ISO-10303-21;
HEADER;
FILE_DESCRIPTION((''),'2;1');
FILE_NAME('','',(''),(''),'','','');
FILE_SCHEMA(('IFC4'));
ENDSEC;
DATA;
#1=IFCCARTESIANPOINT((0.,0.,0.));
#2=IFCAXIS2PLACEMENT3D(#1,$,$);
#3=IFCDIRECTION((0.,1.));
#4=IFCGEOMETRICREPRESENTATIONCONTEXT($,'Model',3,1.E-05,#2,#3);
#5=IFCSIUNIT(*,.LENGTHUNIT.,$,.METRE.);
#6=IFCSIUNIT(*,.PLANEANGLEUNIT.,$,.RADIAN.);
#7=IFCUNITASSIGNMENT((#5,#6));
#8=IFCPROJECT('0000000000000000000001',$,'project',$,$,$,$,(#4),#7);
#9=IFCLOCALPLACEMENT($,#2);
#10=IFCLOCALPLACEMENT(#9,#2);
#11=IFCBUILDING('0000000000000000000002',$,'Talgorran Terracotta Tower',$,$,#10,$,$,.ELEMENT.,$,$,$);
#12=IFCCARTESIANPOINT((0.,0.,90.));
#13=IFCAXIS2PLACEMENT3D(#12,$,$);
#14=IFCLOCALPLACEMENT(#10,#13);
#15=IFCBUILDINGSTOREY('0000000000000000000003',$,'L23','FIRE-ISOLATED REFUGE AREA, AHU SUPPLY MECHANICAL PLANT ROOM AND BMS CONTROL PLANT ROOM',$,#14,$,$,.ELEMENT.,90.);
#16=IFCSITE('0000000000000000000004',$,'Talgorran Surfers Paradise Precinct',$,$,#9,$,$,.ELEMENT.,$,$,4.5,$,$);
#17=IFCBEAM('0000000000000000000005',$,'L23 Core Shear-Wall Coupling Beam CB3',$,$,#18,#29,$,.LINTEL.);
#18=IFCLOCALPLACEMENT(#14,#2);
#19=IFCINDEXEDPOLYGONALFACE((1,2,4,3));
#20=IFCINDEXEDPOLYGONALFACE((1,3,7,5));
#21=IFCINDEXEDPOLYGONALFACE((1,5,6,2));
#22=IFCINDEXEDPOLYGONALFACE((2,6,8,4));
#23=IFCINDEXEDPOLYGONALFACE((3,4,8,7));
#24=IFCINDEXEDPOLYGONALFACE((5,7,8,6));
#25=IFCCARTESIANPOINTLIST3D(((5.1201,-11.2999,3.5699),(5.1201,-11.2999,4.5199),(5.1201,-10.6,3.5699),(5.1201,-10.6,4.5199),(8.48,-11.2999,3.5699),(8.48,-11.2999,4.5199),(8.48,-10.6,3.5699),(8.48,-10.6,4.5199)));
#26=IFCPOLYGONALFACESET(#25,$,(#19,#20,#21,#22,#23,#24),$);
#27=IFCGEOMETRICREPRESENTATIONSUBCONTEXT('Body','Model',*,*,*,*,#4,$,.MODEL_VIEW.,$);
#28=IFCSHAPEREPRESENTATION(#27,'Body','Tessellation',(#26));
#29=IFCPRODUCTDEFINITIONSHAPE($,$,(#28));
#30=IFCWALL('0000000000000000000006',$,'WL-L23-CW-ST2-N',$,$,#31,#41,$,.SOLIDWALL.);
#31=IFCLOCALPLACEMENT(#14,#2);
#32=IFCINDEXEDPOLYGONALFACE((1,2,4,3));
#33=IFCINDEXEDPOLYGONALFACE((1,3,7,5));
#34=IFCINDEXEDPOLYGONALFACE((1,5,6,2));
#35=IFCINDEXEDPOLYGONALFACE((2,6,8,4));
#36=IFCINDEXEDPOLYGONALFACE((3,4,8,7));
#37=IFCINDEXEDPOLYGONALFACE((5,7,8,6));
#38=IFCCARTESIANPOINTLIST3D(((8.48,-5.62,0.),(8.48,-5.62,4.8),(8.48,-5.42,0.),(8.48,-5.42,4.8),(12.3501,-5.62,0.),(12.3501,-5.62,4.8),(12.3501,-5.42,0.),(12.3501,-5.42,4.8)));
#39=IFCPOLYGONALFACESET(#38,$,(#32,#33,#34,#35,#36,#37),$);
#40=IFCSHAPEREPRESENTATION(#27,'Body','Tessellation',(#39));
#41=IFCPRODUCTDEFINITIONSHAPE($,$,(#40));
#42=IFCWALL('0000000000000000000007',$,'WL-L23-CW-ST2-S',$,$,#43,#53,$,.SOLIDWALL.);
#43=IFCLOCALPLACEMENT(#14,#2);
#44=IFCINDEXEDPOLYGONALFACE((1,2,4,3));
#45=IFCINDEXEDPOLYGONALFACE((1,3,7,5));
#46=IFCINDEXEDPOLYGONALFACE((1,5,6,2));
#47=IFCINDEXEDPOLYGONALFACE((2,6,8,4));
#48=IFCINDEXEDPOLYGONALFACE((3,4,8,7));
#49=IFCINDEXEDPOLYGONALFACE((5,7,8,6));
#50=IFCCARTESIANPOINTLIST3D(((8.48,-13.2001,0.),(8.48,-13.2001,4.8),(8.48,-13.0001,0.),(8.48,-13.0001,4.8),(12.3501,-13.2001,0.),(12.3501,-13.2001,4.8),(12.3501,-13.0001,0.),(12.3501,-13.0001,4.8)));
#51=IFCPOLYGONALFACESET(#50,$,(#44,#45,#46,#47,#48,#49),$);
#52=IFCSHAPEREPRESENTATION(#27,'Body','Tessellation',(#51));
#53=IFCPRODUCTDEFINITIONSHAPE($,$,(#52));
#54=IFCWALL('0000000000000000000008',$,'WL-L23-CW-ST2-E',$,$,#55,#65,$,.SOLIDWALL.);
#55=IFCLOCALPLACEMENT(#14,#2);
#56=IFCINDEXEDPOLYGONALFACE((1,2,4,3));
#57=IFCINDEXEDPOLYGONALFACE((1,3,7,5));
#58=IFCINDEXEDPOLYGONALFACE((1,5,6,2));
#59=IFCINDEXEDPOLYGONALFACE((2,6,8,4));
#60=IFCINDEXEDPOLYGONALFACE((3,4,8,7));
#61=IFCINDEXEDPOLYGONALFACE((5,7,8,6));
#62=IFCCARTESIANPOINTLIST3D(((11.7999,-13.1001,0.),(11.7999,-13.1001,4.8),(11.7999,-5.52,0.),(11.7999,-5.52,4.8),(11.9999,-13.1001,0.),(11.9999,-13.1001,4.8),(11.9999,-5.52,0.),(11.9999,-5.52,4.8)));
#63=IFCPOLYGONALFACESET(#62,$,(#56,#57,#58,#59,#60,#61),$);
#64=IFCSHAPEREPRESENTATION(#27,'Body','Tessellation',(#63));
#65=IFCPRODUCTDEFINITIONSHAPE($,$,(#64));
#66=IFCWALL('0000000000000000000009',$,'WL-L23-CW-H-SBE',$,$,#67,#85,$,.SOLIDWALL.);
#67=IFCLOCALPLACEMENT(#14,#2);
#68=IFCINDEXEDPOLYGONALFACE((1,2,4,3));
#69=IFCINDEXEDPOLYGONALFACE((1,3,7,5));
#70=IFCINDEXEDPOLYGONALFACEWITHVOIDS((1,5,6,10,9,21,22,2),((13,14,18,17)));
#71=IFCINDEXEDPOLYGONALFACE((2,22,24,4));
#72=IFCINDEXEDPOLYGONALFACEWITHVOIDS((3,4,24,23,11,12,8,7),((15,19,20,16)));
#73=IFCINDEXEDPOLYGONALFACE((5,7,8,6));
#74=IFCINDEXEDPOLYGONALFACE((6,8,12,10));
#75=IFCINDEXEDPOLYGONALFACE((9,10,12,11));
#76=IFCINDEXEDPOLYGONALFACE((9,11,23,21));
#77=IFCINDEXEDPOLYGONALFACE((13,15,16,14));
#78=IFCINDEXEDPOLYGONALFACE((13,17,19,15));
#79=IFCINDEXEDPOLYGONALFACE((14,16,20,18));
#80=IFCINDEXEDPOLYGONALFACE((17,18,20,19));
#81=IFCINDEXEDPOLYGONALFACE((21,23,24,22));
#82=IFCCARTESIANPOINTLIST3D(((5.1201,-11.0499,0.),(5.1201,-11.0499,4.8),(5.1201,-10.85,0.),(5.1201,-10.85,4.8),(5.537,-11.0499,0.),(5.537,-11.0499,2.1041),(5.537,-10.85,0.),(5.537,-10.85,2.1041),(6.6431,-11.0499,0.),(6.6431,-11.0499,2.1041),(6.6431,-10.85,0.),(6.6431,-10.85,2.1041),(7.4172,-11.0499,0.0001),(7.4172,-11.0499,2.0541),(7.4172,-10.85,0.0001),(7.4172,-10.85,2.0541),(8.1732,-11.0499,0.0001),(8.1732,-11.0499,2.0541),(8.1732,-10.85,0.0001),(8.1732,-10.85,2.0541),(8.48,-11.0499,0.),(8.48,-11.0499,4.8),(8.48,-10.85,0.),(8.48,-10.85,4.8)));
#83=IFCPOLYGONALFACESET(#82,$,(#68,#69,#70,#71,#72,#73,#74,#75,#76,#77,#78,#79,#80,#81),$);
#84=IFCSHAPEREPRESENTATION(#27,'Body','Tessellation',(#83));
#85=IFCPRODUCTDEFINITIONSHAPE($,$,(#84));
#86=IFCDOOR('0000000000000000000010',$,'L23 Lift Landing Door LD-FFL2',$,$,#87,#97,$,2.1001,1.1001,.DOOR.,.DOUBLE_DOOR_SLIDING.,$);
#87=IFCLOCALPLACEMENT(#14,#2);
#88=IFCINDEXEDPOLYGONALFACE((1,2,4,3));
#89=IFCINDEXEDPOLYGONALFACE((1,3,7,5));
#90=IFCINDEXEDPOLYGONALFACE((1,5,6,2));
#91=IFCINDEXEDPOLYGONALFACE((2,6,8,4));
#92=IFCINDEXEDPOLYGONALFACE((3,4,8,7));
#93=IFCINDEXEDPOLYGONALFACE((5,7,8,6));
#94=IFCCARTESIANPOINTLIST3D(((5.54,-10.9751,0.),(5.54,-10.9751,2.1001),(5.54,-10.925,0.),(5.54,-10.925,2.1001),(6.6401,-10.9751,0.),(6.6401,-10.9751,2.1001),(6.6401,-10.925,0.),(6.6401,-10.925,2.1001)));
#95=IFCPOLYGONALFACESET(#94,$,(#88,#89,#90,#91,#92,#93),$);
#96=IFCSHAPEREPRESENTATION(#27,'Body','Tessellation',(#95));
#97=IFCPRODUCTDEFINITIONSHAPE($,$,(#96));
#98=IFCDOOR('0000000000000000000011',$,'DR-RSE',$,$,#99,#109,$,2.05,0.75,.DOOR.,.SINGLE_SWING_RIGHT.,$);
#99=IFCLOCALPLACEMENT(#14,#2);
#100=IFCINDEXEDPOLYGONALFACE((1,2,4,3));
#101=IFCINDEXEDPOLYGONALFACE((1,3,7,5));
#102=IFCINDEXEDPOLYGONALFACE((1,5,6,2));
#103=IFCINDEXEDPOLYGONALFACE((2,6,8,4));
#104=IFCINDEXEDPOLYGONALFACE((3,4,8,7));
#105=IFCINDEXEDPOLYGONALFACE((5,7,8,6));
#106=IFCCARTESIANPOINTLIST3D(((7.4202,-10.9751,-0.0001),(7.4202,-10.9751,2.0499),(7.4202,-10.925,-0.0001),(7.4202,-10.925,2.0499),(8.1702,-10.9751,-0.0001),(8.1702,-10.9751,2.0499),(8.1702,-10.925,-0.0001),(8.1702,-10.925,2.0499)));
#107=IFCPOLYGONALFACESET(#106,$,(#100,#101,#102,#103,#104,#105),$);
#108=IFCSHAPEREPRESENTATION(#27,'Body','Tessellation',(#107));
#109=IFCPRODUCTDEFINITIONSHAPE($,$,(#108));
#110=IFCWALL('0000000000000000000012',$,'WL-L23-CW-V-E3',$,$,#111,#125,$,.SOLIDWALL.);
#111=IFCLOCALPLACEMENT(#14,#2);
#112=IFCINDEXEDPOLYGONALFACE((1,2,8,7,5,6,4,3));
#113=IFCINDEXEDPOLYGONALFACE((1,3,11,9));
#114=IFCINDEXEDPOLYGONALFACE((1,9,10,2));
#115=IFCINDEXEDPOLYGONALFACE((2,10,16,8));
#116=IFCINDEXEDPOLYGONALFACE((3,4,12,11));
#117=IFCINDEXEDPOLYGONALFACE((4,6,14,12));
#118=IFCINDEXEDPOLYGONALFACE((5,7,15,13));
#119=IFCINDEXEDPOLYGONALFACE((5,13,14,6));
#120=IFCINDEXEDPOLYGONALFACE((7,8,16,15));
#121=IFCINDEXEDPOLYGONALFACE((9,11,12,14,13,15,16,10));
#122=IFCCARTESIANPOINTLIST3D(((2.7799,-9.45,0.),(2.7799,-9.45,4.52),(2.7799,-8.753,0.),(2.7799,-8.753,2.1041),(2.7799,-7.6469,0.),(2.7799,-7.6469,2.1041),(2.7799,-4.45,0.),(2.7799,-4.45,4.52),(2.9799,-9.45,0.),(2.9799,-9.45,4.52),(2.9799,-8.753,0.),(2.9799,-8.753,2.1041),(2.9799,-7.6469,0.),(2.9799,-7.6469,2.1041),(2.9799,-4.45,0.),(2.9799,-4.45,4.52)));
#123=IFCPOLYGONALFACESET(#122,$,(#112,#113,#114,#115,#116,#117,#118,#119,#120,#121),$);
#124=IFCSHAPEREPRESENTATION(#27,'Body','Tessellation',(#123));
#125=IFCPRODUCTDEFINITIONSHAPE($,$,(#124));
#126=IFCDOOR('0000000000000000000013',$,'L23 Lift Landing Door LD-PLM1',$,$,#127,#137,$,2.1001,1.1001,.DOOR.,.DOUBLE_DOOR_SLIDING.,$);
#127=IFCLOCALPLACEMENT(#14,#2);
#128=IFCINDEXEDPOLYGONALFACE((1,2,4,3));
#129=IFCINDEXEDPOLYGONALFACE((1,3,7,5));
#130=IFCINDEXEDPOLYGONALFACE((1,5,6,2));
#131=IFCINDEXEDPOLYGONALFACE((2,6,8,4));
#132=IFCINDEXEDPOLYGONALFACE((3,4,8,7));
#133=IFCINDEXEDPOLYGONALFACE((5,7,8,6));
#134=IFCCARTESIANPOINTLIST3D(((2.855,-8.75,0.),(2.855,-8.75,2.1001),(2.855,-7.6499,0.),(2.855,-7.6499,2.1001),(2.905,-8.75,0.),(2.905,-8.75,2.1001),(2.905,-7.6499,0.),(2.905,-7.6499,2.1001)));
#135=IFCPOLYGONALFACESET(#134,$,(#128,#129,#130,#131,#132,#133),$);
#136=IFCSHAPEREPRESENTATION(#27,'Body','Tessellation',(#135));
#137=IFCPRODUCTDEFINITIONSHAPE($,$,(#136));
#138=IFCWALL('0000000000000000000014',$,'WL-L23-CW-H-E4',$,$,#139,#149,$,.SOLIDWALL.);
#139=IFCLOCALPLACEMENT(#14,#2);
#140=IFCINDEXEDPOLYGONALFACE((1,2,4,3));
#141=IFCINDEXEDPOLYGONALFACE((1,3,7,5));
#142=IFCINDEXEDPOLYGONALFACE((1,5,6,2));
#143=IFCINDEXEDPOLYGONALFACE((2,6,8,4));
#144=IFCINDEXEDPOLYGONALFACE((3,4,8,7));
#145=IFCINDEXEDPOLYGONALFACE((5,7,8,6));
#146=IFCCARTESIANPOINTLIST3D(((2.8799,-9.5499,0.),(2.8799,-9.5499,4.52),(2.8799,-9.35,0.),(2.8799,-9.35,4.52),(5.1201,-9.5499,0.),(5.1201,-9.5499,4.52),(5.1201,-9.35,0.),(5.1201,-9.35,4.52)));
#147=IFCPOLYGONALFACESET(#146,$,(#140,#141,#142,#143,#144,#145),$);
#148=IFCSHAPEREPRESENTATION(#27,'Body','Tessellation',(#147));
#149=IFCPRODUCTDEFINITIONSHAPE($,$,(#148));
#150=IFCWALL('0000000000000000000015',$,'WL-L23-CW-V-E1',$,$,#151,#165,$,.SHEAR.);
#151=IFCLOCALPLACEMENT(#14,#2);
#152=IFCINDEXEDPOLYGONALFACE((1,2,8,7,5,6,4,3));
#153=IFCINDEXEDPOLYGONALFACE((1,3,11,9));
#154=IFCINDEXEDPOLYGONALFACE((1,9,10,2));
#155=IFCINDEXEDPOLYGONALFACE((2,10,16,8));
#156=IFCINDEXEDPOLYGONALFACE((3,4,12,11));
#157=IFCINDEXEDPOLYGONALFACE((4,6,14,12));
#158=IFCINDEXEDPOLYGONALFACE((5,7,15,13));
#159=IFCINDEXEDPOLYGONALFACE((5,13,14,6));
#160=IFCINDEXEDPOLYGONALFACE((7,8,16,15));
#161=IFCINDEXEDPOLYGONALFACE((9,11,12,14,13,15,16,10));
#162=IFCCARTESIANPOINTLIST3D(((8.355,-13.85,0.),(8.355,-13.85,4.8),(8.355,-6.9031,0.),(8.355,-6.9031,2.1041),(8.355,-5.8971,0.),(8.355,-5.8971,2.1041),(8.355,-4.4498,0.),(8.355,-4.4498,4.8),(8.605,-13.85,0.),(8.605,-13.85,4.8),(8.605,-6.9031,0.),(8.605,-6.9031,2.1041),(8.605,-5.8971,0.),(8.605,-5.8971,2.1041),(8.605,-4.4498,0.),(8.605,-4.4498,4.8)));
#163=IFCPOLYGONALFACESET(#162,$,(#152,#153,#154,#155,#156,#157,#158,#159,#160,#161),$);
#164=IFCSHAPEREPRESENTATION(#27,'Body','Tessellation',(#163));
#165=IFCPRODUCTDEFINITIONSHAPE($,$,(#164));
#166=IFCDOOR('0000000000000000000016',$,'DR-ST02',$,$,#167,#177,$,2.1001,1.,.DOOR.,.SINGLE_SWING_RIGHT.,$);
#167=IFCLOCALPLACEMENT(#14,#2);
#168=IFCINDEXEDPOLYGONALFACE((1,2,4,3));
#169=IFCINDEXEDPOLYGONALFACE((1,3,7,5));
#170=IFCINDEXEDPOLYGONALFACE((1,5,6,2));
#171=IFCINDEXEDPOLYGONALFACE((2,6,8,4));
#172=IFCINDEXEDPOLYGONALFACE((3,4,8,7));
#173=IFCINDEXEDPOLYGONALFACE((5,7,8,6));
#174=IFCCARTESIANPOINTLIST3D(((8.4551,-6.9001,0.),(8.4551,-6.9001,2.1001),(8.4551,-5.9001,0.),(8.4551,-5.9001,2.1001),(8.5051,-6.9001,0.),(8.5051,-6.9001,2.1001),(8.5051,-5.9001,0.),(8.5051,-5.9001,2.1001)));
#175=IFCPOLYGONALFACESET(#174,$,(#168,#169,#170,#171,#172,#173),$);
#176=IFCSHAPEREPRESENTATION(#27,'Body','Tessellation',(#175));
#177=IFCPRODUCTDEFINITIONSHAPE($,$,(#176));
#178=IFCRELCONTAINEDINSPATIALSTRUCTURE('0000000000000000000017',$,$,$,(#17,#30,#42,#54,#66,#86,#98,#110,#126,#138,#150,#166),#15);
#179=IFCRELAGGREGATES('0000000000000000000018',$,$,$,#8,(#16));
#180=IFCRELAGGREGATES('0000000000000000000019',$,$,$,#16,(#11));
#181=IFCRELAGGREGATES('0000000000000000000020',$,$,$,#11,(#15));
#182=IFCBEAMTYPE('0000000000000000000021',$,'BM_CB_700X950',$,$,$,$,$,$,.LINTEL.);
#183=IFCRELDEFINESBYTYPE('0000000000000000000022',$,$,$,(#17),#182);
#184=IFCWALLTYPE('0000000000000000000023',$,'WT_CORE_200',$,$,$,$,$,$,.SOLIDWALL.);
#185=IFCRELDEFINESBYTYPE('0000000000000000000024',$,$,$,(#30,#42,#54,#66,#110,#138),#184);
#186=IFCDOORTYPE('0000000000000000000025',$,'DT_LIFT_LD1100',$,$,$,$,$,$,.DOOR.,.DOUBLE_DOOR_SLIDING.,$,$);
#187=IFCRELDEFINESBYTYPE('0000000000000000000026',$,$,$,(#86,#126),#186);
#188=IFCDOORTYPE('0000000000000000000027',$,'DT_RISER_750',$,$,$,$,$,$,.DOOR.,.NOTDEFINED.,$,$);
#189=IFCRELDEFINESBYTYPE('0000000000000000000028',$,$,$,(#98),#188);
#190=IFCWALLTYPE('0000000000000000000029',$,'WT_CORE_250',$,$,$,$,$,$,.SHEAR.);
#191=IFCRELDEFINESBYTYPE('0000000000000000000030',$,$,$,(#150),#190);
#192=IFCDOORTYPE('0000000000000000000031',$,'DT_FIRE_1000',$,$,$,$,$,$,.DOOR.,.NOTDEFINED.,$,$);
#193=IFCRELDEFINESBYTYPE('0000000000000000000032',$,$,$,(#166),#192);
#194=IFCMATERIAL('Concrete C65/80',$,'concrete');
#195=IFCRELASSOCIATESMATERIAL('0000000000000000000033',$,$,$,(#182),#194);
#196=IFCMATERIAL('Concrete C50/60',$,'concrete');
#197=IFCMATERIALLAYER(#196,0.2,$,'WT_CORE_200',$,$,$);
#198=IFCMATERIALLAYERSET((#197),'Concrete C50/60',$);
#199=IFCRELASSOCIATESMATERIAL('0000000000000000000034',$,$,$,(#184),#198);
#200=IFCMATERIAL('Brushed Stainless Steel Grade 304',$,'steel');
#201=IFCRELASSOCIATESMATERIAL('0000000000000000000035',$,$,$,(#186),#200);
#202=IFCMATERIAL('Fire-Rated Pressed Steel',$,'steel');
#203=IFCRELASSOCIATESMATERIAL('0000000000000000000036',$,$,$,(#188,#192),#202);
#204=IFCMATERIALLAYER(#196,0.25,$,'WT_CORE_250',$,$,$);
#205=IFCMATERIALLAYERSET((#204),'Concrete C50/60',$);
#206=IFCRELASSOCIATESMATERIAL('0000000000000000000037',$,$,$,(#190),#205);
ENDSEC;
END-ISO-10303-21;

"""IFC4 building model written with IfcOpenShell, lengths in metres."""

from ifc_helpers import new_model, si_unit, direction, frame, frame_2d, origin, origin_2d, place, context, subcontext, project, spatial, rectangle, extrude, material, layer, layer_set, material_profile, profile_set, type_object, element, fill, save


model = new_model("IFC4")

# Units and contexts
model_context = context("Model", 3, precision=1e-05, world=origin(), true_north=direction((0.0, 1.0)))
body_context = subcontext(model_context, "Body", "Model", "MODEL_VIEW")
ifc_project = project(units=[si_unit("LENGTHUNIT", "METRE"), si_unit("PLANEANGLEUNIT", "RADIAN")], contexts=[model_context])

# Site, building, storey
site_placement = place(None, origin())
site = spatial("IfcSite", under=ifc_project, at=site_placement, Name="Talgorran Surfers Paradise Precinct", CompositionType="ELEMENT", RefElevation=4.5)
building_placement = place(site_placement, origin())
building = spatial("IfcBuilding", under=site, at=building_placement, Name="Talgorran Terracotta Tower", CompositionType="ELEMENT")
storey_placement = place(building_placement, frame((0.0, 0.0, 90.0)))
storey = spatial("IfcBuildingStorey", under=building, at=storey_placement, Name="L23", Description="FIRE-ISOLATED REFUGE AREA, AHU SUPPLY MECHANICAL PLANT ROOM AND BMS CONTROL PLANT ROOM", CompositionType="ELEMENT", Elevation=90.0)

# Beam
ifc_material_1 = material(Name="Concrete C65/80", Category="concrete")
ifc_material_profile = material_profile(ifc_material_1, rectangle(XDim=0.7, YDim=0.95, at=origin_2d()), Name="RCCB700X950")
ifc_profile_set = profile_set([ifc_material_profile], Name="Concrete C65/80")
beam_type = type_object("IfcBeamType", Name="BM_CB_700X950", PredefinedType="LINTEL", material=ifc_profile_set)
beam_placement = place(storey_placement, frame((5.1201, -10.95, 4.0449), z_axis=(1.0, 0.0, 0.0), x_axis=(0.0, 1.0, 0.0)))
element("IfcBeam", 1, at=beam_placement, inside=storey, type_object=beam_type, Name="L23 Core Shear-Wall Coupling Beam CB3", PredefinedType="LINTEL", context=body_context, shape_type="SweptSolid", body=[
    extrude(rectangle(XDim=0.7, YDim=0.95, at=origin_2d()), origin(), (0.0, 0.0, 1.0), 3.3599),
])

# Walls
ifc_material_2 = material(Name="Concrete C50/60", Category="concrete")
ifc_layer_1 = layer(ifc_material_2, 0.2, Name="WT_CORE_200")
ifc_layer_set_1 = layer_set([ifc_layer_1], Name="Concrete C50/60")
wall_type_1 = type_object("IfcWallType", Name="WT_CORE_200", PredefinedType="SOLIDWALL", material=ifc_layer_set_1)
for number, where, z_axis, x_axis, name in (
    (2, (8.48, -5.52, 0.0), (0.0, 0.0, 1.0), (1.0, 0.0, 0.0), "WL-L23-CW-ST2-N"),
    (3, (8.48, -13.1001, 0.0), (0.0, 0.0, 1.0), (1.0, 0.0, 0.0), "WL-L23-CW-ST2-S"),
):
    element("IfcWall", number, at=place(storey_placement, frame(where, z_axis=z_axis, x_axis=x_axis)), inside=storey, type_object=wall_type_1, Name=name, PredefinedType="SOLIDWALL", context=body_context, shape_type="SweptSolid", body=[
        extrude(rectangle(XDim=3.8701, YDim=0.2, at=frame_2d((1.9351, 0.0))), origin(), (0.0, 0.0, 1.0), 4.8),
    ])
wall_1_placement = place(storey_placement, frame((11.8999, -13.1001, 0.0), z_axis=(0.0, 0.0, 1.0), x_axis=(0.0, 1.0, 0.0)))
element("IfcWall", 4, at=wall_1_placement, inside=storey, type_object=wall_type_1, Name="WL-L23-CW-ST2-E", PredefinedType="SOLIDWALL", context=body_context, shape_type="SweptSolid", body=[
    extrude(rectangle(XDim=7.5801, YDim=0.2, at=frame_2d((3.79, 0.0))), origin(), (0.0, 0.0, 1.0), 4.8),
])

# Wall, openings, doors
wall_2_placement = place(storey_placement, frame((5.1201, -10.95, 0.0), z_axis=(0.0, 0.0, 1.0), x_axis=(1.0, 0.0, 0.0)))
wall_2 = element("IfcWall", 5, at=wall_2_placement, inside=storey, type_object=wall_type_1, Name="WL-L23-CW-H-SBE", PredefinedType="SOLIDWALL", context=body_context, shape_type="SweptSolid", body=[
    extrude(rectangle(XDim=3.3599, YDim=0.2, at=frame_2d((1.6799, 0.0))), origin(), (0.0, 0.0, 1.0), 4.8),
])
opening_1_placement = place(wall_2_placement, frame((0.4199, 0.0, 0.0)))
opening_1 = element("IfcOpeningElement", 6, at=opening_1_placement, cuts=wall_2, PredefinedType="OPENING", context=body_context, shape_type="SweptSolid", body=[
    extrude(rectangle(XDim=1.1061, YDim=2.1041, at=frame_2d((0.55, 1.052))), frame((0.0, 0.1099, 0.0), z_axis=(0.0, -1.0, 0.0), x_axis=(1.0, 0.0, 0.0)), (0.0, 0.0, 1.0), 0.22),
])
opening_2_placement = place(wall_2_placement, frame((2.3, 0.0, 0.0)))
opening_2 = element("IfcOpeningElement", 7, at=opening_2_placement, cuts=wall_2, PredefinedType="OPENING", context=body_context, shape_type="SweptSolid", body=[
    extrude(rectangle(XDim=0.756, YDim=2.054, at=frame_2d((0.375, 1.0271))), frame((0.0, 0.1099, 0.0), z_axis=(0.0, -1.0, 0.0), x_axis=(1.0, 0.0, 0.0)), (0.0, 0.0, 1.0), 0.22),
])
ifc_material_3 = material(Name="Brushed Stainless Steel Grade 304", Category="steel")
door_type_1 = type_object("IfcDoorType", Name="DT_LIFT_LD1100", OperationType="DOUBLE_DOOR_SLIDING", PredefinedType="DOOR", material=ifc_material_3)
door_1_placement = place(opening_1_placement, origin())
door_1 = element("IfcDoor", 8, at=door_1_placement, inside=storey, type_object=door_type_1, Name="L23 Lift Landing Door LD-FFL2", OperationType="DOUBLE_DOOR_SLIDING", OverallHeight=2.1001, OverallWidth=1.1001, PredefinedType="DOOR", context=body_context, shape_type="SweptSolid", body=[
    extrude(rectangle(XDim=1.1001, YDim=2.1001, at=frame_2d((0.55, 1.05))), frame((0.0, 0.0249, 0.0), z_axis=(0.0, -1.0, 0.0), x_axis=(1.0, 0.0, 0.0)), (0.0, 0.0, 1.0), 0.05),
])
fill(opening_1, door_1)
ifc_material_4 = material(Name="Fire-Rated Pressed Steel", Category="steel")
door_type_2 = type_object("IfcDoorType", Name="DT_RISER_750", OperationType="NOTDEFINED", PredefinedType="DOOR", material=ifc_material_4)
door_2_placement = place(opening_2_placement, origin())
door_2 = element("IfcDoor", 9, at=door_2_placement, inside=storey, type_object=door_type_2, Name="DR-RSE", OperationType="SINGLE_SWING_RIGHT", OverallHeight=2.05, OverallWidth=0.75, PredefinedType="DOOR", context=body_context, shape_type="SweptSolid", body=[
    extrude(rectangle(XDim=0.75, YDim=2.05, at=frame_2d((0.375, 1.0249))), frame((0.0, 0.0249, 0.0), z_axis=(0.0, -1.0, 0.0), x_axis=(1.0, 0.0, 0.0)), (0.0, 0.0, 1.0), 0.05),
])
fill(opening_2, door_2)

# Wall, opening, door
wall_3_placement = place(storey_placement, frame((2.8799, -9.45, 0.0), z_axis=(0.0, 0.0, 1.0), x_axis=(0.0, 1.0, 0.0)))
wall_3 = element("IfcWall", 10, at=wall_3_placement, inside=storey, type_object=wall_type_1, Name="WL-L23-CW-V-E3", PredefinedType="SOLIDWALL", context=body_context, shape_type="SweptSolid", body=[
    extrude(rectangle(XDim=5.0, YDim=0.2, at=frame_2d((2.5, 0.0))), origin(), (0.0, 0.0, 1.0), 4.52),
])
opening_3_placement = place(wall_3_placement, frame((0.7, 0.0, 0.0)))
opening_3 = element("IfcOpeningElement", 11, at=opening_3_placement, cuts=wall_3, PredefinedType="OPENING", context=body_context, shape_type="SweptSolid", body=[
    extrude(rectangle(XDim=1.1061, YDim=2.1041, at=frame_2d((0.55, 1.052))), frame((0.0, 0.1099, 0.0), z_axis=(0.0, -1.0, 0.0), x_axis=(1.0, 0.0, 0.0)), (0.0, 0.0, 1.0), 0.22),
])
door_3_placement = place(opening_3_placement, origin())
door_3 = element("IfcDoor", 12, at=door_3_placement, inside=storey, type_object=door_type_1, Name="L23 Lift Landing Door LD-PLM1", OperationType="DOUBLE_DOOR_SLIDING", OverallHeight=2.1001, OverallWidth=1.1001, PredefinedType="DOOR", context=body_context, shape_type="SweptSolid", body=[
    extrude(rectangle(XDim=1.1001, YDim=2.1001, at=frame_2d((0.55, 1.05))), frame((0.0, 0.0249, 0.0), z_axis=(0.0, -1.0, 0.0), x_axis=(1.0, 0.0, 0.0)), (0.0, 0.0, 1.0), 0.05),
])
fill(opening_3, door_3)

# Wall
wall_4_placement = place(storey_placement, frame((2.8799, -9.45, 0.0), z_axis=(0.0, 0.0, 1.0), x_axis=(1.0, 0.0, 0.0)))
element("IfcWall", 13, at=wall_4_placement, inside=storey, type_object=wall_type_1, Name="WL-L23-CW-H-E4", PredefinedType="SOLIDWALL", context=body_context, shape_type="SweptSolid", body=[
    extrude(rectangle(XDim=2.2402, YDim=0.2, at=frame_2d((1.1201, 0.0))), origin(), (0.0, 0.0, 1.0), 4.52),
])

# Wall, opening, door
ifc_layer_2 = layer(ifc_material_2, 0.25, Name="WT_CORE_250")
ifc_layer_set_2 = layer_set([ifc_layer_2], Name="Concrete C50/60")
wall_type_2 = type_object("IfcWallType", Name="WT_CORE_250", PredefinedType="SHEAR", material=ifc_layer_set_2)
wall_5_placement = place(storey_placement, frame((8.48, -13.8501, 0.0), z_axis=(0.0, 0.0, 1.0), x_axis=(0.0, 1.0, 0.0)))
wall_5 = element("IfcWall", 14, at=wall_5_placement, inside=storey, type_object=wall_type_2, Name="WL-L23-CW-V-E1", PredefinedType="SHEAR", context=body_context, shape_type="SweptSolid", body=[
    extrude(rectangle(XDim=9.4001, YDim=0.25, at=frame_2d((4.7002, 0.0))), origin(), (0.0, 0.0, 1.0), 4.8),
])
opening_4_placement = place(wall_5_placement, frame((6.95, 0.0, 0.0)))
opening_4 = element("IfcOpeningElement", 15, at=opening_4_placement, cuts=wall_5, PredefinedType="OPENING", context=body_context, shape_type="SweptSolid", body=[
    extrude(rectangle(XDim=1.006, YDim=2.1041, at=frame_2d((0.5, 1.052))), frame((0.0, 0.135, 0.0), z_axis=(0.0, -1.0, 0.0), x_axis=(1.0, 0.0, 0.0)), (0.0, 0.0, 1.0), 0.27),
])
door_type_3 = type_object("IfcDoorType", Name="DT_FIRE_1000", OperationType="NOTDEFINED", PredefinedType="DOOR", material=ifc_material_4)
door_4_placement = place(opening_4_placement, origin())
door_4 = element("IfcDoor", 16, at=door_4_placement, inside=storey, type_object=door_type_3, Name="DR-ST02", OperationType="SINGLE_SWING_RIGHT", OverallHeight=2.1001, OverallWidth=1.0, PredefinedType="DOOR", context=body_context, shape_type="SweptSolid", body=[
    extrude(rectangle(XDim=1.0, YDim=2.1001, at=frame_2d((0.5, 1.05))), frame((0.0, 0.0249, 0.0), z_axis=(0.0, -1.0, 0.0), x_axis=(1.0, 0.0, 0.0)), (0.0, 0.0, 1.0), 0.05),
])
fill(opening_4, door_4)

save(model, "model.ifc")
